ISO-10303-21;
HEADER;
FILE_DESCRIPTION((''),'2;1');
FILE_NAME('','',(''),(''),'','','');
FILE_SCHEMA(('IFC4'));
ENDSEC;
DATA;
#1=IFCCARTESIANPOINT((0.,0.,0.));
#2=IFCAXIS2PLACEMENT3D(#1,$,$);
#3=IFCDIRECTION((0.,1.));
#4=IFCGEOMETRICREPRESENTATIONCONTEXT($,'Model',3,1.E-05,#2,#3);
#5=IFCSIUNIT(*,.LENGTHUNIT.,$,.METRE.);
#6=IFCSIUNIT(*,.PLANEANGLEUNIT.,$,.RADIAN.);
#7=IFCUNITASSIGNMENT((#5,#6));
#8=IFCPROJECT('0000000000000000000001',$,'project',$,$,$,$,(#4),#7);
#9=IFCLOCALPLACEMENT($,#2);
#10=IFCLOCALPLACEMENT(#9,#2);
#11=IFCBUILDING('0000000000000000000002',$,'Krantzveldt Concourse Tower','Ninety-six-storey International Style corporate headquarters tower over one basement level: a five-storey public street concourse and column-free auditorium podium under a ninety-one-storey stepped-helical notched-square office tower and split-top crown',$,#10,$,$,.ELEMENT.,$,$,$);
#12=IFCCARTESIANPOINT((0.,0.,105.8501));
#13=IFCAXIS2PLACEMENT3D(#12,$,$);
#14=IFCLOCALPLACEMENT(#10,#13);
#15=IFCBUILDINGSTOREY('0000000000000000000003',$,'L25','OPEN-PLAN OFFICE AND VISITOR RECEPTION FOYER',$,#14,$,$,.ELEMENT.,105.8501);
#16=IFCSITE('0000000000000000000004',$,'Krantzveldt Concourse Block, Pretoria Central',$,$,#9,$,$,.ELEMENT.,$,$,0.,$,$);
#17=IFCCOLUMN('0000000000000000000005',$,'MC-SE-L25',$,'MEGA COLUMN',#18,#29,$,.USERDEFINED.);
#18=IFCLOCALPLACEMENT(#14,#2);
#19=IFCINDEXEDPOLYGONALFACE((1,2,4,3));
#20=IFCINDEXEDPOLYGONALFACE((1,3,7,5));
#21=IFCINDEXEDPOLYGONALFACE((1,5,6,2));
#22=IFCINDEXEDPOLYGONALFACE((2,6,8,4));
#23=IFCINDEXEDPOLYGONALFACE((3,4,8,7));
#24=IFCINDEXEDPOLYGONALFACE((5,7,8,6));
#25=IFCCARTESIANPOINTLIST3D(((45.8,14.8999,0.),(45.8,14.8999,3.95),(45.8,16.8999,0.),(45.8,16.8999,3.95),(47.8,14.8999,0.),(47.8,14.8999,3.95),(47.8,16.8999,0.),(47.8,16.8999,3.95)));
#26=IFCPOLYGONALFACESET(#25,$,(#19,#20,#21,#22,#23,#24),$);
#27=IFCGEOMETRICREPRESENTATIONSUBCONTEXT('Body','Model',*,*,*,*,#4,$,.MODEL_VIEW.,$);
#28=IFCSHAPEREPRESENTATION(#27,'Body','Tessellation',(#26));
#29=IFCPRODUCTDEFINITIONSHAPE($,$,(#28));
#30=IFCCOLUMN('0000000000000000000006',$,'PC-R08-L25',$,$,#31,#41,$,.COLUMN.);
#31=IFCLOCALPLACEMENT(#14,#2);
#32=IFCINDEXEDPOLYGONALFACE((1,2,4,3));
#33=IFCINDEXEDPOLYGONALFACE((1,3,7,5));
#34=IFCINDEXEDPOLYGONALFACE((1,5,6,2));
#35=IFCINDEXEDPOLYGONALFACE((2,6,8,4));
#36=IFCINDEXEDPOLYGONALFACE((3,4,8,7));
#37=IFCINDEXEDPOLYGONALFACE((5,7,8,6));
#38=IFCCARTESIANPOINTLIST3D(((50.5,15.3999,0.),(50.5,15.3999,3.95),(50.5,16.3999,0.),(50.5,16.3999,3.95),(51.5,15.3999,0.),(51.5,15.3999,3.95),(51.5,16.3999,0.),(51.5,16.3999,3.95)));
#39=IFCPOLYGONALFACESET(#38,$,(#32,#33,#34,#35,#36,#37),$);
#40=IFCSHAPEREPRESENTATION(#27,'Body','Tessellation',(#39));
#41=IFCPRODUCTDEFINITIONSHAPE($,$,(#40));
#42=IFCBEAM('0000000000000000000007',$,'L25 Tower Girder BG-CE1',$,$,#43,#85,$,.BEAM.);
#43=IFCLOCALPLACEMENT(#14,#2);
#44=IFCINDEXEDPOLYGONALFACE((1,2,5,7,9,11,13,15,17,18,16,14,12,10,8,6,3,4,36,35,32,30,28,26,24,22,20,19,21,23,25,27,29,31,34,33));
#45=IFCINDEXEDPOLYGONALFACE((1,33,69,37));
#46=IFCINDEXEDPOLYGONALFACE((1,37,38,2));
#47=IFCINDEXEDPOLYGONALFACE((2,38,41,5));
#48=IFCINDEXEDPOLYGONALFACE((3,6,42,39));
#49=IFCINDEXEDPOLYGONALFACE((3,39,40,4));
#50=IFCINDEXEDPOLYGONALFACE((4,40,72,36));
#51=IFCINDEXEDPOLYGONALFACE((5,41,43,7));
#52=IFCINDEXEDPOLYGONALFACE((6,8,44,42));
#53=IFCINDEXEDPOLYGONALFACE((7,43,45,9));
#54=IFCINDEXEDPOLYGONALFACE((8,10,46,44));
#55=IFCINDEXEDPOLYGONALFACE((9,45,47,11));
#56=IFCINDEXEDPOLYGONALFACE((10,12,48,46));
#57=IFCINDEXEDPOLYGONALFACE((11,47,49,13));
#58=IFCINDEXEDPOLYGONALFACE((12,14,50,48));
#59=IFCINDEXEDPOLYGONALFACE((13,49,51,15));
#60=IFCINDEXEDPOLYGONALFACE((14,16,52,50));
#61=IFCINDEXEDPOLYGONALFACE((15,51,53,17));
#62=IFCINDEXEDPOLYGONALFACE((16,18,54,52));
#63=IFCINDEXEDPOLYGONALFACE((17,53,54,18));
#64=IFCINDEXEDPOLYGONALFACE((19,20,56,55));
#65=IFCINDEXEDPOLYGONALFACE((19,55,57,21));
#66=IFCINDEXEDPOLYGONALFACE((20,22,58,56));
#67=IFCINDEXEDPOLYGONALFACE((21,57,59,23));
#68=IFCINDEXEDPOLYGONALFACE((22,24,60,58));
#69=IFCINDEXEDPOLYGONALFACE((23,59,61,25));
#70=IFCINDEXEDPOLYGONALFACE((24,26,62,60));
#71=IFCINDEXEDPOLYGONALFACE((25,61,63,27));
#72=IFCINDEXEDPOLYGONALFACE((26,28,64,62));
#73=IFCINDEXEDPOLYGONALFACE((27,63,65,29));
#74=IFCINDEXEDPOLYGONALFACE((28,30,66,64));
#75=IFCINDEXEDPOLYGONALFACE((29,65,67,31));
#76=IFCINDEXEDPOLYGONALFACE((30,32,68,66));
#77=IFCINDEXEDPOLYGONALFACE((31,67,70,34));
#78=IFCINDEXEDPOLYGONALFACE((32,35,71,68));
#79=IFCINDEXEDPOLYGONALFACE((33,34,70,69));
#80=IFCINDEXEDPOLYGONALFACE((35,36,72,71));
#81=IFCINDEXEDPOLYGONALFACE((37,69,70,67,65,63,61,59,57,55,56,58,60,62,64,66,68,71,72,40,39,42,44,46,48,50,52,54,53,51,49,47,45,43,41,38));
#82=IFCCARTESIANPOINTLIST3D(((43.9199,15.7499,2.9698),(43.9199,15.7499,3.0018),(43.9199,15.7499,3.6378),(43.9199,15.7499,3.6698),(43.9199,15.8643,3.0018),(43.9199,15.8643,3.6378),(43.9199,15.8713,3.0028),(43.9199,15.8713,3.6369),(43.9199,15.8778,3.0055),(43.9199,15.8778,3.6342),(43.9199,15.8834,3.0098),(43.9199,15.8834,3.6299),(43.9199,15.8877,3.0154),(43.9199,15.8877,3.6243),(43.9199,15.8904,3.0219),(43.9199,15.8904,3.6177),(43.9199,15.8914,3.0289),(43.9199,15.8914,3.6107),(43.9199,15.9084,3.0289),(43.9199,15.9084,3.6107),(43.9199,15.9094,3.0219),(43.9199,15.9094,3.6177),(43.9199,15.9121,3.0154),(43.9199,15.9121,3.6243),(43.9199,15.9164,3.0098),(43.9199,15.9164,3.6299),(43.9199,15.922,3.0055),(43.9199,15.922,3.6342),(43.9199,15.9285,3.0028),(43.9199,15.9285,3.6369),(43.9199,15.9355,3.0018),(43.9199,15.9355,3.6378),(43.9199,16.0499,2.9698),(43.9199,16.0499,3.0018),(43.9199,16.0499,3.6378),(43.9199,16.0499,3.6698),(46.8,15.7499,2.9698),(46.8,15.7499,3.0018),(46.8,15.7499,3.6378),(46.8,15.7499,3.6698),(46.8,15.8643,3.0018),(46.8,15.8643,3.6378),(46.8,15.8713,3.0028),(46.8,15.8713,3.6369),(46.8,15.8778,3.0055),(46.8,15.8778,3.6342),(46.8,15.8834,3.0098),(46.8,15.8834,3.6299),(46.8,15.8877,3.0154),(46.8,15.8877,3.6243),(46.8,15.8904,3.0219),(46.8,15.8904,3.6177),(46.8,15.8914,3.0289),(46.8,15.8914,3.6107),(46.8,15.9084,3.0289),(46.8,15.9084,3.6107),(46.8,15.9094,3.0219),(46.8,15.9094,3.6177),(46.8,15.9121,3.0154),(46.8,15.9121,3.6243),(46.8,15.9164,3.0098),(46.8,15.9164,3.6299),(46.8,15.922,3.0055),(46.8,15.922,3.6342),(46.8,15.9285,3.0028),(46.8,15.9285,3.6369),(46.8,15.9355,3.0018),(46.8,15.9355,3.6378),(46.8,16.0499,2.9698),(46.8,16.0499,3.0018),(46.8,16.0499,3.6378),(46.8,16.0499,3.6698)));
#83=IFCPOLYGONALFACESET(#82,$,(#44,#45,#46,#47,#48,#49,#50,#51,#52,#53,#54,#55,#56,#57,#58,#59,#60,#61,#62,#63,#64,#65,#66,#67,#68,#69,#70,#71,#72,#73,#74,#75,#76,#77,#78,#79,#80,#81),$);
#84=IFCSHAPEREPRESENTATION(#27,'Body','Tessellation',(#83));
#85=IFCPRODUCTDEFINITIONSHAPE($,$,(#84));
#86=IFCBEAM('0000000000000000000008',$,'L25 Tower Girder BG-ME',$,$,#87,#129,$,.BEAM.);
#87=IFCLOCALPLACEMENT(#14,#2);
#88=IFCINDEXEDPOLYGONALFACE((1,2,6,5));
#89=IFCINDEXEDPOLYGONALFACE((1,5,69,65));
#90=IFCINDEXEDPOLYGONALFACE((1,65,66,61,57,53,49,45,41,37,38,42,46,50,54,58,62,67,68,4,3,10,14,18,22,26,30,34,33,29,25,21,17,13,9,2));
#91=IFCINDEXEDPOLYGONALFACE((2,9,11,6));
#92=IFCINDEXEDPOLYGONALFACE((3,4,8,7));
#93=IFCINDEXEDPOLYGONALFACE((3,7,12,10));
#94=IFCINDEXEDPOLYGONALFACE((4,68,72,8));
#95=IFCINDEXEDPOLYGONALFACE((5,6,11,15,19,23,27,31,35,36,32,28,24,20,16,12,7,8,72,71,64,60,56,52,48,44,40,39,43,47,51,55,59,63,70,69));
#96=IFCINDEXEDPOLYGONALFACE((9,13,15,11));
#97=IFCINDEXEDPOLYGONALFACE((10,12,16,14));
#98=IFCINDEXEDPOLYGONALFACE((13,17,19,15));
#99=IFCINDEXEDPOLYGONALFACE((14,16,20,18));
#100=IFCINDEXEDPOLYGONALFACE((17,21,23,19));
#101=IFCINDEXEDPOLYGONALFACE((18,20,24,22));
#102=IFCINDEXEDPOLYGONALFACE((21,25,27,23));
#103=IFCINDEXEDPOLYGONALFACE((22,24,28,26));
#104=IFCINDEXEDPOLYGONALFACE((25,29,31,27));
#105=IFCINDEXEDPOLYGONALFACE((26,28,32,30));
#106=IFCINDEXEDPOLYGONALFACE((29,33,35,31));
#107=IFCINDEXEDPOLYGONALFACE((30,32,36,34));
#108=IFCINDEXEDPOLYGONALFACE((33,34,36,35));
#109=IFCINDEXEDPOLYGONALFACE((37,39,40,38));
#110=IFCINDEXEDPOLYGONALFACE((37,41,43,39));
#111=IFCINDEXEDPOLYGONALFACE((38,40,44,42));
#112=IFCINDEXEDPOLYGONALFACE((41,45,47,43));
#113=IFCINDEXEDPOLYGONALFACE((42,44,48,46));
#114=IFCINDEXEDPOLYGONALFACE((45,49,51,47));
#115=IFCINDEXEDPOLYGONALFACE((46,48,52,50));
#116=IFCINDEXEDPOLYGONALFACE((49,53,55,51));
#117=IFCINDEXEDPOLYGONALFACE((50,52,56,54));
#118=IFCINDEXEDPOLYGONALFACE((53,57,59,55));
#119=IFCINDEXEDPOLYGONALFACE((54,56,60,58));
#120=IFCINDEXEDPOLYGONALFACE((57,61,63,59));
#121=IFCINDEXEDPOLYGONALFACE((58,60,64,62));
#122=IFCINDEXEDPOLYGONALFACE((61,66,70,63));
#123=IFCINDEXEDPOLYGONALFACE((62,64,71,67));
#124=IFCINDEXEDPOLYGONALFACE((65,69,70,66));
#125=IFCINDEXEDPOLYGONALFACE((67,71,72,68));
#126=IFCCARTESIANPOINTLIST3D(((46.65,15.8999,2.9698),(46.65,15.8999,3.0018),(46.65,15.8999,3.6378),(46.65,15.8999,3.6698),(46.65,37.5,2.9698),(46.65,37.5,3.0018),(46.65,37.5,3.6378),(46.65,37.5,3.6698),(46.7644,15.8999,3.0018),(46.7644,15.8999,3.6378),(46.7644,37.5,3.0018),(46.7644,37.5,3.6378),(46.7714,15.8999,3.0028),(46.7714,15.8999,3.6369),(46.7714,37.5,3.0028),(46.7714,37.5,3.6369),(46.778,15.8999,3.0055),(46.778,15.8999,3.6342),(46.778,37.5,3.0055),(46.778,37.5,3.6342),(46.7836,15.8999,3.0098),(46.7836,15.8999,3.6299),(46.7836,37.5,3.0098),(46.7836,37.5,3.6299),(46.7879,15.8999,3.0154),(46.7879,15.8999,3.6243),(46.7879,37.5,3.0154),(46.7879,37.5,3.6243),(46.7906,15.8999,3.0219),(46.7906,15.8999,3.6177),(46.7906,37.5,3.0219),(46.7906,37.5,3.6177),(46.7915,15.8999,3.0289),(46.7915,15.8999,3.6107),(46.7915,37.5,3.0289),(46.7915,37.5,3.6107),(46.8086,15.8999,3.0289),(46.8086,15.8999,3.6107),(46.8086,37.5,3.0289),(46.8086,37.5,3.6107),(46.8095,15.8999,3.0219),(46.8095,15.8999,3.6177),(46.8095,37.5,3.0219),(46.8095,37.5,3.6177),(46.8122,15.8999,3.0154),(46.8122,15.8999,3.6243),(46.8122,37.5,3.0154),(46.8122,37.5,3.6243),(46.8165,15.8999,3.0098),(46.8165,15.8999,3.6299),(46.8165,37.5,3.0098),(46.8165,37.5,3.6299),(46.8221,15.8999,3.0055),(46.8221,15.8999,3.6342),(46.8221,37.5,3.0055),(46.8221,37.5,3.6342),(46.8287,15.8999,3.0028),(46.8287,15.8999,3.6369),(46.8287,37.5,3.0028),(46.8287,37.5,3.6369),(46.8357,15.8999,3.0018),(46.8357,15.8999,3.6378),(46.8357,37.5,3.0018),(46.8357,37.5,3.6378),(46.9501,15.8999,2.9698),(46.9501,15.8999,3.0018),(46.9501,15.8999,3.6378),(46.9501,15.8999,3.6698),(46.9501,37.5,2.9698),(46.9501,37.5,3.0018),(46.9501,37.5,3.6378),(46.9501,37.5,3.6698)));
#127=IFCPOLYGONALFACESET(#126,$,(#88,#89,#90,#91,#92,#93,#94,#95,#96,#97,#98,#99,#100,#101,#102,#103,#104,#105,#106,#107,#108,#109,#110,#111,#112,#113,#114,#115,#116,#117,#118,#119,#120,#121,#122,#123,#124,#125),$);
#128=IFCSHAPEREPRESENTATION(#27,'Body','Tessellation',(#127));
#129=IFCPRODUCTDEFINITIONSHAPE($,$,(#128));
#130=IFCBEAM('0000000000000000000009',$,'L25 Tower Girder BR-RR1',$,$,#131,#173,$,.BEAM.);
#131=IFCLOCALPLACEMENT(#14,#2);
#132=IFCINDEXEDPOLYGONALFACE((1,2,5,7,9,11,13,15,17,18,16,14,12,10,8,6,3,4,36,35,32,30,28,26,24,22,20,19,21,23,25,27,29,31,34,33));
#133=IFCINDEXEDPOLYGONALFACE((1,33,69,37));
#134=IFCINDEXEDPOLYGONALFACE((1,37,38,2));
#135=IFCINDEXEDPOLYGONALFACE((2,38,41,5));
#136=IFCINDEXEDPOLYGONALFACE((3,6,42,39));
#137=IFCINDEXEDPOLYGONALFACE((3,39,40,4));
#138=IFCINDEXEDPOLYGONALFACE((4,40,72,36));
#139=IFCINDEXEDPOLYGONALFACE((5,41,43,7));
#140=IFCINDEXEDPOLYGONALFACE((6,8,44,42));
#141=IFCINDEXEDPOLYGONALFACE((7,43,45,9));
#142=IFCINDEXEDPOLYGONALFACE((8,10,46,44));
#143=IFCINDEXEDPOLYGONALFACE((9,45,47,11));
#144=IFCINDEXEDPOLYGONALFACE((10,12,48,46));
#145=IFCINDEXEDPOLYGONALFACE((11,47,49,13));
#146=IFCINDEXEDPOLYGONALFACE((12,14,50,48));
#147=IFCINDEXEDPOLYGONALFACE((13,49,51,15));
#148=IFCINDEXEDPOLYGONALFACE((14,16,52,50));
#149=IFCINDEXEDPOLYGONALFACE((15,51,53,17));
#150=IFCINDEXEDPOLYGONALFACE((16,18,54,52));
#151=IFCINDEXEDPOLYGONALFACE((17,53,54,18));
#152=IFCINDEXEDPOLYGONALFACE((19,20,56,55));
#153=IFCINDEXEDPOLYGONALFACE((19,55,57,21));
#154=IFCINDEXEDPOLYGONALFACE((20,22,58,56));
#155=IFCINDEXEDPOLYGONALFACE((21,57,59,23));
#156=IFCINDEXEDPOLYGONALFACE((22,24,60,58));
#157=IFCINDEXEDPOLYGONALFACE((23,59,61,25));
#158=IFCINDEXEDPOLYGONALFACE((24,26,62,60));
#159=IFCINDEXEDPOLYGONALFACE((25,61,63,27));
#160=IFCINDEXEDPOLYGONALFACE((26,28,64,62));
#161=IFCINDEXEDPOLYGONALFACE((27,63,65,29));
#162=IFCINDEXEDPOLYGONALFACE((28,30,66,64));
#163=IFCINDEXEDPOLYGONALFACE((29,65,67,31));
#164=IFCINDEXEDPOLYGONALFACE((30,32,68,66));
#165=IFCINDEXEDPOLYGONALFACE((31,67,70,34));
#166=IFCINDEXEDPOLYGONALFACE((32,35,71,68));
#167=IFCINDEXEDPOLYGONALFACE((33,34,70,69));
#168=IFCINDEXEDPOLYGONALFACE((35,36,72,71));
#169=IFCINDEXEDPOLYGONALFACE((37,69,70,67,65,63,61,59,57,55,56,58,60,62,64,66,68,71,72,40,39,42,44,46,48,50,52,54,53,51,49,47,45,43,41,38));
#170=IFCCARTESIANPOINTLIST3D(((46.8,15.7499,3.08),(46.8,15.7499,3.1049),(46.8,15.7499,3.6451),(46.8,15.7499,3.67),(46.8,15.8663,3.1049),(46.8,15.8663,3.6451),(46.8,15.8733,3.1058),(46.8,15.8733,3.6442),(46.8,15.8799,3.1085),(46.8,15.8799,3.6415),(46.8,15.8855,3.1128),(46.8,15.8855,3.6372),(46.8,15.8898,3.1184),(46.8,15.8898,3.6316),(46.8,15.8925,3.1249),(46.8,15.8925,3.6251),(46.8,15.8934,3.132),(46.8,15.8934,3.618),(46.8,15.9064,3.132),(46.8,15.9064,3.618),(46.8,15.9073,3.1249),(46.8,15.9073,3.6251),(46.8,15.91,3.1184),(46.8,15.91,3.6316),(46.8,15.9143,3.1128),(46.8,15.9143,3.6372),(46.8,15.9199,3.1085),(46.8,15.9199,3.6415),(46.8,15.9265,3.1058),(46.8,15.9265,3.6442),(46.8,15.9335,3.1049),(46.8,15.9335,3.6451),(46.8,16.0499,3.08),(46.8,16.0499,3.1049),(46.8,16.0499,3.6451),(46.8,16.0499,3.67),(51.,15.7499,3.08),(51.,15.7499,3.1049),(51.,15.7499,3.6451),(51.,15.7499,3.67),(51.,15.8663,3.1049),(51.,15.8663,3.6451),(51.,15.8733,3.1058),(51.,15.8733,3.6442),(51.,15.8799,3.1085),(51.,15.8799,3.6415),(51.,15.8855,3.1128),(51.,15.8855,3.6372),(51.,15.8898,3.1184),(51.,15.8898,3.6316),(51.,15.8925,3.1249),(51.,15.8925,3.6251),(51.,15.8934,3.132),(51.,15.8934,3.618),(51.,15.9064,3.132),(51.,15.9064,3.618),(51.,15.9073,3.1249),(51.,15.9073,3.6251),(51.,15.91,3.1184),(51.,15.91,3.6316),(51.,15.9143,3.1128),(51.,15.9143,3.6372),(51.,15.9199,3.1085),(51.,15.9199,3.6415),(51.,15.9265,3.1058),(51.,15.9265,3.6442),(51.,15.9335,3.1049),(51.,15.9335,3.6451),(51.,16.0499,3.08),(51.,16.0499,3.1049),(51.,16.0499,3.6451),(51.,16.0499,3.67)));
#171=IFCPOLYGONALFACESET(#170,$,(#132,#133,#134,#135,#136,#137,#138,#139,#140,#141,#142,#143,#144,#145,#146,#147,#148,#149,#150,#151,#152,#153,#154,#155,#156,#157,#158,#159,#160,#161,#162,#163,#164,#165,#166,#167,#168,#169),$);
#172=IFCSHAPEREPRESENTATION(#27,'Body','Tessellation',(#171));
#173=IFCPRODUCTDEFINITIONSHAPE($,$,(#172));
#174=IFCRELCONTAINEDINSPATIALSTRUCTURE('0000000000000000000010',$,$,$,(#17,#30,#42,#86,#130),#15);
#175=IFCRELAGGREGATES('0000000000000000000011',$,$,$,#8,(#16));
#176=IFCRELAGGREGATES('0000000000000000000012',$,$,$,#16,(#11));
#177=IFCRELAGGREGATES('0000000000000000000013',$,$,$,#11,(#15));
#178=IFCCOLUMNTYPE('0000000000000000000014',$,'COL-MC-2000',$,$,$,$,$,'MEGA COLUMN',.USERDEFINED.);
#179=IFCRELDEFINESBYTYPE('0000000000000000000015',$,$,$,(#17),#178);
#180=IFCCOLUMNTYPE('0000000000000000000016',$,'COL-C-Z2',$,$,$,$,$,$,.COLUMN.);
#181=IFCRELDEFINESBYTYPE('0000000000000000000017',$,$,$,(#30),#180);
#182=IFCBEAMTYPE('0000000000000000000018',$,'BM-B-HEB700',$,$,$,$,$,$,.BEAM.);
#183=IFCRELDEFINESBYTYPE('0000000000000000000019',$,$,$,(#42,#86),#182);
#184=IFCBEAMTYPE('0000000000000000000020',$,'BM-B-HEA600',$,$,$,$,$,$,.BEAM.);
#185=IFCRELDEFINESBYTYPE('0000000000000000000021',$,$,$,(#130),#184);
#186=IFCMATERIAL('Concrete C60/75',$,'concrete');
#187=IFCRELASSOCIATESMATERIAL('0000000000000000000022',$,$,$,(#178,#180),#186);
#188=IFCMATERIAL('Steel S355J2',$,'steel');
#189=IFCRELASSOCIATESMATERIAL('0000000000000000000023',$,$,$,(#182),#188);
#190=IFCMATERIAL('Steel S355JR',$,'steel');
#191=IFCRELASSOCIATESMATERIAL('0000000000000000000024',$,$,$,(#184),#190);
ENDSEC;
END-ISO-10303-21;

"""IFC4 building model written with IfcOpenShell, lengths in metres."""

from ifc_helpers import new_model, si_unit, direction, frame, origin, origin_2d, place, context, subcontext, project, spatial, rectangle, i_section, extrude, source, transform, mapped, material, material_profile, profile_set, type_object, type_shapes, element, save


model = new_model("IFC4")

# Units and contexts
model_context = context("Model", 3, precision=1e-05, world=origin(), true_north=direction((0.0, 1.0)))
body_context = subcontext(model_context, "Body", "Model", "MODEL_VIEW")
ifc_project = project(units=[si_unit("LENGTHUNIT", "METRE"), si_unit("PLANEANGLEUNIT", "RADIAN")], contexts=[model_context])

# Site, building, storey
site_placement = place(None, origin())
site = spatial("IfcSite", under=ifc_project, at=site_placement, Name="Krantzveldt Concourse Block, Pretoria Central", CompositionType="ELEMENT", RefElevation=0.0)
building_placement = place(site_placement, origin())
building = spatial("IfcBuilding", under=site, at=building_placement, Name="Krantzveldt Concourse Tower", Description="Ninety-six-storey International Style corporate headquarters tower over one basement level: a five-storey public street concourse and column-free auditorium podium under a ninety-one-storey stepped-helical notched-square office tower and split-top crown", CompositionType="ELEMENT")
storey_placement = place(building_placement, frame((0.0, 0.0, 105.8501)))
storey = spatial("IfcBuildingStorey", under=building, at=storey_placement, Name="L25", Description="OPEN-PLAN OFFICE AND VISITOR RECEPTION FOYER", CompositionType="ELEMENT", Elevation=105.8501)

# Columns
ifc_material_1 = material(Name="Concrete C60/75", Category="concrete")
ifc_material_profile_1 = material_profile(ifc_material_1, rectangle(XDim=2.0, YDim=2.0, at=origin_2d()), Name="Concrete C60/75", Category="concrete")
ifc_profile_set_1 = profile_set([ifc_material_profile_1], Name="Concrete C60/75 - RC 2000x2000")
column_type_1 = type_object("IfcColumnType", Name="COL-MC-2000", ElementType="MEGA COLUMN", PredefinedType="USERDEFINED", material=ifc_profile_set_1)
shared_shape_1 = source(origin(), body_context, "Body", "SweptSolid", [
    extrude(rectangle(XDim=2.0, YDim=2.0, at=origin_2d()), origin(), (0.0, 0.0, 1.0), 3.95),
])
type_shapes(column_type_1, [shared_shape_1])
column_1_placement = place(storey_placement, frame((46.8, 15.8999, 0.0), z_axis=(0.0, 0.0, 1.0), x_axis=(1.0, 0.0, 0.0)))
element("IfcColumn", 1, at=column_1_placement, inside=storey, type_object=column_type_1, Name="MC-SE-L25", ObjectType="MEGA COLUMN", PredefinedType="USERDEFINED", context=body_context, shape_type="MappedRepresentation", body=[
    mapped(shared_shape_1, transform((0.0, 0.0, 0.0), x_axis=(1.0, 0.0, 0.0), y_axis=(0.0, 1.0, 0.0), z_axis=(0.0, 0.0, 1.0), scale=1.0)),
])
ifc_material_profile_2 = material_profile(ifc_material_1, rectangle(XDim=1.0, YDim=1.0, at=origin_2d()), Name="Concrete C60/75", Category="concrete")
ifc_profile_set_2 = profile_set([ifc_material_profile_2], Name="Concrete C60/75 - RC 1000x1000")
column_type_2 = type_object("IfcColumnType", Name="COL-C-Z2", PredefinedType="COLUMN", material=ifc_profile_set_2)
shared_shape_2 = source(origin(), body_context, "Body", "SweptSolid", [
    extrude(rectangle(XDim=1.0, YDim=1.0, at=origin_2d()), origin(), (0.0, 0.0, 1.0), 3.95),
])
type_shapes(column_type_2, [shared_shape_2])
column_2_placement = place(storey_placement, frame((51.0, 15.8999, 0.0), z_axis=(0.0, 0.0, 1.0), x_axis=(1.0, 0.0, 0.0)))
element("IfcColumn", 2, at=column_2_placement, inside=storey, type_object=column_type_2, Name="PC-R08-L25", PredefinedType="COLUMN", context=body_context, shape_type="MappedRepresentation", body=[
    mapped(shared_shape_2, transform((0.0, 0.0, 0.0), x_axis=(1.0, 0.0, 0.0), y_axis=(0.0, 1.0, 0.0), z_axis=(0.0, 0.0, 1.0), scale=1.0)),
])

# Beams
ifc_material_2 = material(Name="Steel S355J2", Category="steel")
ifc_material_profile_3 = material_profile(ifc_material_2, i_section(OverallWidth=0.3, OverallDepth=0.7, WebThickness=0.0171, FlangeThickness=0.032, FilletRadius=0.0271, at=origin_2d()), Name="Steel S355J2", Category="steel")
ifc_profile_set_3 = profile_set([ifc_material_profile_3], Name="Steel S355J2 - HEB 700")
beam_type_1 = type_object("IfcBeamType", Name="BM-B-HEB700", PredefinedType="BEAM", material=ifc_profile_set_3)
shared_shape_3 = source(origin(), body_context, "Body", "SweptSolid", [
    extrude(i_section(OverallWidth=0.3, OverallDepth=0.7, WebThickness=0.0171, FlangeThickness=0.032, FilletRadius=0.0271, at=origin_2d()), origin(), (0.0, 0.0, 1.0), 2.8801),
])
beam_1_placement = place(storey_placement, frame((43.9199, 15.8999, 3.3198), z_axis=(1.0, 0.0, 0.0), x_axis=(0.0, 1.0, 0.0)))
element("IfcBeam", 3, at=beam_1_placement, inside=storey, type_object=beam_type_1, Name="L25 Tower Girder BG-CE1", PredefinedType="BEAM", context=body_context, shape_type="MappedRepresentation", body=[
    mapped(shared_shape_3, transform((0.0, 0.0, 0.0), x_axis=(1.0, 0.0, 0.0), y_axis=(0.0, 1.0, 0.0), z_axis=(0.0, 0.0, 1.0), scale=1.0)),
])
shared_shape_4 = source(origin(), body_context, "Body", "SweptSolid", [
    extrude(i_section(OverallWidth=0.3, OverallDepth=0.7, WebThickness=0.0171, FlangeThickness=0.032, FilletRadius=0.0271, at=origin_2d()), origin(), (0.0, 0.0, 1.0), 21.6001),
])
type_shapes(beam_type_1, [shared_shape_3, shared_shape_4])
beam_2_placement = place(storey_placement, frame((46.8, 15.8999, 3.3198), z_axis=(0.0, 1.0, 0.0), x_axis=(-1.0, 0.0, 0.0)))
element("IfcBeam", 4, at=beam_2_placement, inside=storey, type_object=beam_type_1, Name="L25 Tower Girder BG-ME", PredefinedType="BEAM", context=body_context, shape_type="MappedRepresentation", body=[
    mapped(shared_shape_4, transform((0.0, 0.0, 0.0), x_axis=(1.0, 0.0, 0.0), y_axis=(0.0, 1.0, 0.0), z_axis=(0.0, 0.0, 1.0), scale=1.0)),
])
ifc_material_3 = material(Name="Steel S355JR", Category="steel")
ifc_material_profile_4 = material_profile(ifc_material_3, i_section(OverallWidth=0.3, OverallDepth=0.5901, WebThickness=0.0129, FlangeThickness=0.0249, FilletRadius=0.0271, at=origin_2d()), Name="Steel S355JR", Category="steel")
ifc_profile_set_4 = profile_set([ifc_material_profile_4], Name="Steel S355JR - HEA 600")
beam_type_2 = type_object("IfcBeamType", Name="BM-B-HEA600", PredefinedType="BEAM", material=ifc_profile_set_4)
shared_shape_5 = source(origin(), body_context, "Body", "SweptSolid", [
    extrude(i_section(OverallWidth=0.3, OverallDepth=0.5901, WebThickness=0.0129, FlangeThickness=0.0249, FilletRadius=0.0271, at=origin_2d()), origin(), (0.0, 0.0, 1.0), 4.2),
])
beam_3_placement = place(storey_placement, frame((46.8, 15.8999, 3.375), z_axis=(1.0, 0.0, 0.0), x_axis=(0.0, 1.0, 0.0)))
element("IfcBeam", 5, at=beam_3_placement, inside=storey, type_object=beam_type_2, Name="L25 Tower Girder BR-RR1", PredefinedType="BEAM", context=body_context, shape_type="MappedRepresentation", body=[
    mapped(shared_shape_5, transform((0.0, 0.0, 0.0), x_axis=(1.0, 0.0, 0.0), y_axis=(0.0, 1.0, 0.0), z_axis=(0.0, 0.0, 1.0), scale=1.0)),
])

save(model, "model.ifc")
